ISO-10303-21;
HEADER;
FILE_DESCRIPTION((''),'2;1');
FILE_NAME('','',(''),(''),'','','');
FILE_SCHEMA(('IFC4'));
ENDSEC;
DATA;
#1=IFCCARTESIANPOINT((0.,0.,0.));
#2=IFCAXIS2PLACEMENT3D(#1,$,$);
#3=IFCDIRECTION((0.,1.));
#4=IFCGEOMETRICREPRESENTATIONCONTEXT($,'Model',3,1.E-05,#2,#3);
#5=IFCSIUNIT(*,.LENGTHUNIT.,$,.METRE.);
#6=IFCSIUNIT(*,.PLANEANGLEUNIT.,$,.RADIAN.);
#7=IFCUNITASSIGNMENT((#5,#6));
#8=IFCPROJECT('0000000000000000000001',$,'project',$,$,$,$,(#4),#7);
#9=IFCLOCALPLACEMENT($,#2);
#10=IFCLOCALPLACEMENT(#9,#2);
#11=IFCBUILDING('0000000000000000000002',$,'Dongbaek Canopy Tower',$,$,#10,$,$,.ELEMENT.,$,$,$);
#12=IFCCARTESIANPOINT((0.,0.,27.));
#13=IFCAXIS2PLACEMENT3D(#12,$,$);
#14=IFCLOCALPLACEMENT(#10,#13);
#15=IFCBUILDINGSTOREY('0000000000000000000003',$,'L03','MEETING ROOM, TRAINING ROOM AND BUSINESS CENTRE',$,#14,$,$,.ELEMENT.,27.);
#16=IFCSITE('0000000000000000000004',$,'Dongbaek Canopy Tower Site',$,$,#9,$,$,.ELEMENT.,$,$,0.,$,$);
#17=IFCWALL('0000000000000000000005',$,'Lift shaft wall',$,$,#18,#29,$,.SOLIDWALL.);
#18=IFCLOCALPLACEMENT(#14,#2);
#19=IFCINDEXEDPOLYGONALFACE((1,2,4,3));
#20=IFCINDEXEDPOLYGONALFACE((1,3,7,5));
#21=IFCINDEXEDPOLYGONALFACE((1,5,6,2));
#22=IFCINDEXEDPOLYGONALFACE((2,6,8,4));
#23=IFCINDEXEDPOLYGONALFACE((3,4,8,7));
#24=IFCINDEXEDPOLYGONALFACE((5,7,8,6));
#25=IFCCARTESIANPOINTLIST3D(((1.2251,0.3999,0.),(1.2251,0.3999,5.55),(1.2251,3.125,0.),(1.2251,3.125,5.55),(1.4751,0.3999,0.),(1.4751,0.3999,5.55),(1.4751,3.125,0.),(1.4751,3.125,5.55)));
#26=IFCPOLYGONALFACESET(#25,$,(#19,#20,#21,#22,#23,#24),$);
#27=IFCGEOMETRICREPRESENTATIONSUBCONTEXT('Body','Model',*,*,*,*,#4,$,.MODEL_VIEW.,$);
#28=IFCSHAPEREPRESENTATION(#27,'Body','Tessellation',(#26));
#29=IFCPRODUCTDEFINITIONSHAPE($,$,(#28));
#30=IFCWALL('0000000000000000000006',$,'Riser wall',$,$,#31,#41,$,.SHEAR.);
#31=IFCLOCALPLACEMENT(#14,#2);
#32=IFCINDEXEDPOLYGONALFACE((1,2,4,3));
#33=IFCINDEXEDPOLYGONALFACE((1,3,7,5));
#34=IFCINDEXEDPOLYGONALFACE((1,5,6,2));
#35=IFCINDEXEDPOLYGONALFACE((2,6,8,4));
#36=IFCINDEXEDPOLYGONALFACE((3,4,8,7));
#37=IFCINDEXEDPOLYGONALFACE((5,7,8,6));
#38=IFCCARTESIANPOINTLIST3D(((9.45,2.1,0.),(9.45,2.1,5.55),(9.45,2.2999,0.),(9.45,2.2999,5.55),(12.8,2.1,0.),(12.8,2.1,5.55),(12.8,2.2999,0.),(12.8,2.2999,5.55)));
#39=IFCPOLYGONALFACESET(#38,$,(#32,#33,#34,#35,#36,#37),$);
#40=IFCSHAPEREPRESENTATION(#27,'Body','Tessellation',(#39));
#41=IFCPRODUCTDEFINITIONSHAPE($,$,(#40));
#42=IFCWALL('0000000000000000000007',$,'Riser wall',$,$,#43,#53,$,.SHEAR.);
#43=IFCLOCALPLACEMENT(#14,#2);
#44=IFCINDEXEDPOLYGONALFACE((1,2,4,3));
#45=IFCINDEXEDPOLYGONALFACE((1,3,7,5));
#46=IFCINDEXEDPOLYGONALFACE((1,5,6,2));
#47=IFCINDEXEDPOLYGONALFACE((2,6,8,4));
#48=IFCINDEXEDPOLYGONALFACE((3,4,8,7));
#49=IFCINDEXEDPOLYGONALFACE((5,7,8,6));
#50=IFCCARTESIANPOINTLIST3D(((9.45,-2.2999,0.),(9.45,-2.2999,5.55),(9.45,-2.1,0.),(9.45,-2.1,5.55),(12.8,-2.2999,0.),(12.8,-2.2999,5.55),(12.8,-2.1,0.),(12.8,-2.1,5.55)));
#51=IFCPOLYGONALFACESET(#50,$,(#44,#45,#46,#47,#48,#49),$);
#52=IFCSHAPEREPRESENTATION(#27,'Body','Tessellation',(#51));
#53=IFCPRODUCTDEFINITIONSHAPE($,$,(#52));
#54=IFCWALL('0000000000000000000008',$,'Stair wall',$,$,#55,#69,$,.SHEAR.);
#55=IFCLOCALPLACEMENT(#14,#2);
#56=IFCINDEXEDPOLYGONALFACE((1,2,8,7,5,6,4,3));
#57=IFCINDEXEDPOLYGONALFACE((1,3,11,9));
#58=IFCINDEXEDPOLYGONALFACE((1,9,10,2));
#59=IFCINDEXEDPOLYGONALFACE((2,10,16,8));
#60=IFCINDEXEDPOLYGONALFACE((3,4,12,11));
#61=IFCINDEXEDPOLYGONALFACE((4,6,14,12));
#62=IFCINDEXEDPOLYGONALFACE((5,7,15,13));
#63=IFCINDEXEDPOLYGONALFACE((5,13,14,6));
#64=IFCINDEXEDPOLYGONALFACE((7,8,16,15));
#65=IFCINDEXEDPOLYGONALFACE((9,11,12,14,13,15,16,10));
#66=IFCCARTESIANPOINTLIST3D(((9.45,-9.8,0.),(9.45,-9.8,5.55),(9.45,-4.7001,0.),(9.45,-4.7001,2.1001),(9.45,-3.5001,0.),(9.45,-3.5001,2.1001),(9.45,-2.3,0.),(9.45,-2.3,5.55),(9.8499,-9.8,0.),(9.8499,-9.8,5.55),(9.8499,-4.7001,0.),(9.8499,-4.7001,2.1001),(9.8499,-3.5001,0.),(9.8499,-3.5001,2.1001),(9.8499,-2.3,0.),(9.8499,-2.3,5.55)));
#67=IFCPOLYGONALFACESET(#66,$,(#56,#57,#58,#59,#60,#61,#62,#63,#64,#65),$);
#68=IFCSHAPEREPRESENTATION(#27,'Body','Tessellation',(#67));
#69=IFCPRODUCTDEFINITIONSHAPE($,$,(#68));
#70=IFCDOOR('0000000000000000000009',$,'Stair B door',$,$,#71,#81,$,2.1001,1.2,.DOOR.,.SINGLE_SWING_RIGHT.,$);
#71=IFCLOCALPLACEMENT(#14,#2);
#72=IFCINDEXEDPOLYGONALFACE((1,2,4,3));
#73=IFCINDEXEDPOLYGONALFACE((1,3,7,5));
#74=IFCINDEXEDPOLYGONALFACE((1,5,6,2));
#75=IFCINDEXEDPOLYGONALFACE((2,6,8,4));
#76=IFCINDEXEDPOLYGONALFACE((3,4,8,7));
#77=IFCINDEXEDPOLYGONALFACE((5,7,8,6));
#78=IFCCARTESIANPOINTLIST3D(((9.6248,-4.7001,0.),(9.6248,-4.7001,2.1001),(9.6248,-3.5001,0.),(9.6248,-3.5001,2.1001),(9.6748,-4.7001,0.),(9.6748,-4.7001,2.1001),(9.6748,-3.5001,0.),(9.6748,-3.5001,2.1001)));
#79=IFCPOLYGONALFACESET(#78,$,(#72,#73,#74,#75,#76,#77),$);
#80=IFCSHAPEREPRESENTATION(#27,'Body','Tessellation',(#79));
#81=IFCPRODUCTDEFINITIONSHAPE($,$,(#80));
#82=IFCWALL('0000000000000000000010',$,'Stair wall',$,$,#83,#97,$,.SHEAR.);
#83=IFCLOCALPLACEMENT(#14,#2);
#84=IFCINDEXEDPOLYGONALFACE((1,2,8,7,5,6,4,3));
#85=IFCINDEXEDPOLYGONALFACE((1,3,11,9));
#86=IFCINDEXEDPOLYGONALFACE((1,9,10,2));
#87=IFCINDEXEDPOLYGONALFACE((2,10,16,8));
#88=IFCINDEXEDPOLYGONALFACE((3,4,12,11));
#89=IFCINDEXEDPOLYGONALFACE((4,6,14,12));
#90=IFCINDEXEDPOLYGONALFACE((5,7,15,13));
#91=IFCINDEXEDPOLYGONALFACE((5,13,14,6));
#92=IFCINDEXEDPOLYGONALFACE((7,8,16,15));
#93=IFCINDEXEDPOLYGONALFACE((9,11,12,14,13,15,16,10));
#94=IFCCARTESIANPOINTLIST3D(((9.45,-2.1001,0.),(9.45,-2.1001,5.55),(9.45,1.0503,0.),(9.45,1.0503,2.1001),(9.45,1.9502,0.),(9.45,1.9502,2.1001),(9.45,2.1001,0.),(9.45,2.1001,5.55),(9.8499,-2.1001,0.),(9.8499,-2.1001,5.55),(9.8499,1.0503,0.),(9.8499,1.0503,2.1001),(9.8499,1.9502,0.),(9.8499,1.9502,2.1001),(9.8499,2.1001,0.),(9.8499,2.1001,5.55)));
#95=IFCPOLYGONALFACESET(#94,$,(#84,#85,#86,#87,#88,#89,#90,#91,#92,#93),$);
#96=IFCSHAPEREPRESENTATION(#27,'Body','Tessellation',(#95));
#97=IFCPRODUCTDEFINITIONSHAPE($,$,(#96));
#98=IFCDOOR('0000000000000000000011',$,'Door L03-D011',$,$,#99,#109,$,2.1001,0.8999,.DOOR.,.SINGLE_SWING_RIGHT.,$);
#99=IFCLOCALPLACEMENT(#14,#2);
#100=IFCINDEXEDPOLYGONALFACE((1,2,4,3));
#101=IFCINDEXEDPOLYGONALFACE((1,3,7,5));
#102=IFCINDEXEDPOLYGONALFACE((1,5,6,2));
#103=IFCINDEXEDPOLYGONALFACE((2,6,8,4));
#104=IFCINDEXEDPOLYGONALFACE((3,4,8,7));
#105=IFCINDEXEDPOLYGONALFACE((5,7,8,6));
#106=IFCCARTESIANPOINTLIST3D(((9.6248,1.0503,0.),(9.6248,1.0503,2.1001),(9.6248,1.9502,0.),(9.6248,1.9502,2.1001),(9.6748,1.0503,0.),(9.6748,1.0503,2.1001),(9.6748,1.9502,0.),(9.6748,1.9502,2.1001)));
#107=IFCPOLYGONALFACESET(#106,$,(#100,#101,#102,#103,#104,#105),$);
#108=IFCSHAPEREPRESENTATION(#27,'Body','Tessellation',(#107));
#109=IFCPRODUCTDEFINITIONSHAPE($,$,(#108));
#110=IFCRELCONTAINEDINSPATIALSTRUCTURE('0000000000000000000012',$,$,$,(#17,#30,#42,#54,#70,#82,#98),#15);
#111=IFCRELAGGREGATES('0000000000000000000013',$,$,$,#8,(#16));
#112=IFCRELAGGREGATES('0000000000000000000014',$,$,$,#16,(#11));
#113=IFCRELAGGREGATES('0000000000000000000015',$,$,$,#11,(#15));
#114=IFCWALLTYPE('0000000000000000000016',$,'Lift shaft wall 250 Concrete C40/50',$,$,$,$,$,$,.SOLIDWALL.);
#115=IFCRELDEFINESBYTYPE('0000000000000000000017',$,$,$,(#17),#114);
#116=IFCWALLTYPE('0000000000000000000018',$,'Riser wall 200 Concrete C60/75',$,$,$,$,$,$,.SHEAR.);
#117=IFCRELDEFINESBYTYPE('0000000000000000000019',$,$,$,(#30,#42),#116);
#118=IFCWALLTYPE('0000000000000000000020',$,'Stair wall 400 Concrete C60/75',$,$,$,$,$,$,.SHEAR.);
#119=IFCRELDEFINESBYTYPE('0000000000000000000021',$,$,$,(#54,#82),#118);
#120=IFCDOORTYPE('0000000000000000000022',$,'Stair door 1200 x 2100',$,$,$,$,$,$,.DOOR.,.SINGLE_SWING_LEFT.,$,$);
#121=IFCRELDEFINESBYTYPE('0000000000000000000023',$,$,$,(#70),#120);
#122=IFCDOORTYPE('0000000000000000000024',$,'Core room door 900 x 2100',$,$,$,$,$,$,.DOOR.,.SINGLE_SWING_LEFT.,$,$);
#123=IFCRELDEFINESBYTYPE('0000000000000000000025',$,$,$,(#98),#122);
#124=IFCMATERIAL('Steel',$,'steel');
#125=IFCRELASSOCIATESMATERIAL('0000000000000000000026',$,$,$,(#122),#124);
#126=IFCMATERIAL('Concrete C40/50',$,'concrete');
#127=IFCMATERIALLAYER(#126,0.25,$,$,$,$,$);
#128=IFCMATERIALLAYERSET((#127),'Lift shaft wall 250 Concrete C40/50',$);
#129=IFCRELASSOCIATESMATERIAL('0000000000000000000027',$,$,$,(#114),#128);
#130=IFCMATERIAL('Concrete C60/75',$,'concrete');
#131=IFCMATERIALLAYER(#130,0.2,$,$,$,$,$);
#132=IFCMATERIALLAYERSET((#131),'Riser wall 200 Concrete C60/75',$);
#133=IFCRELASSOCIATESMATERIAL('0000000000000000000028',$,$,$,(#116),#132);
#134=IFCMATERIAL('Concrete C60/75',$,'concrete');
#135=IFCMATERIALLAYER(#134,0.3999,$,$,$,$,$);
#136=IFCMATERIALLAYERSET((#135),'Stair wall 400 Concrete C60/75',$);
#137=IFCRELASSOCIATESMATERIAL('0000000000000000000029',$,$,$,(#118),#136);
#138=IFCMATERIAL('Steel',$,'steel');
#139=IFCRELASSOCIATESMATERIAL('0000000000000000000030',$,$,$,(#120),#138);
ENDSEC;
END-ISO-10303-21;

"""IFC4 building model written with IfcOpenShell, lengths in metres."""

from ifc_helpers import new_model, si_unit, direction, frame, frame_2d, origin, place, context, subcontext, project, spatial, rectangle, extrude, material, layer, layer_set, type_object, element, fill, save


model = new_model("IFC4")

# Units and contexts
model_context = context("Model", 3, precision=1e-05, world=origin(), true_north=direction((0.0, 1.0)))
body_context = subcontext(model_context, "Body", "Model", "MODEL_VIEW")
ifc_project = project(units=[si_unit("LENGTHUNIT", "METRE"), si_unit("PLANEANGLEUNIT", "RADIAN")], contexts=[model_context])

# Site, building, storey
site_placement = place(None, origin())
site = spatial("IfcSite", under=ifc_project, at=site_placement, Name="Dongbaek Canopy Tower Site", CompositionType="ELEMENT", RefElevation=0.0)
building_placement = place(site_placement, origin())
building = spatial("IfcBuilding", under=site, at=building_placement, Name="Dongbaek Canopy Tower", CompositionType="ELEMENT")
storey_placement = place(building_placement, frame((0.0, 0.0, 27.0)))
storey = spatial("IfcBuildingStorey", under=building, at=storey_placement, Name="L03", Description="MEETING ROOM, TRAINING ROOM AND BUSINESS CENTRE", CompositionType="ELEMENT", Elevation=27.0)

# Shared definitions
ifc_material_1 = material(Name="Steel", Category="steel")
door_type_1 = type_object("IfcDoorType", Name="Core room door 900 x 2100", OperationType="SINGLE_SWING_LEFT", PredefinedType="DOOR", material=ifc_material_1)

# Walls
ifc_material_2 = material(Name="Concrete C40/50", Category="concrete")
ifc_layer_1 = layer(ifc_material_2, 0.25)
ifc_layer_set_1 = layer_set([ifc_layer_1], Name="Lift shaft wall 250 Concrete C40/50")
wall_type_1 = type_object("IfcWallType", Name="Lift shaft wall 250 Concrete C40/50", PredefinedType="SOLIDWALL", material=ifc_layer_set_1)
for number, where, z_axis, x_axis, name in (
    (1, (1.3501, 0.3999, 0.0), (0.0, 0.0, 1.0), (0.0, 1.0, 0.0), "Lift shaft wall"),
):
    element("IfcWall", number, at=place(storey_placement, frame(where, z_axis=z_axis, x_axis=x_axis)), inside=storey, type_object=wall_type_1, Name=name, PredefinedType="SOLIDWALL", context=body_context, shape_type="SweptSolid", body=[
        extrude(rectangle(XDim=2.7251, YDim=0.25, at=frame_2d((1.3625, 0.0))), origin(), (0.0, 0.0, 1.0), 5.55),
    ])
ifc_material_3 = material(Name="Concrete C60/75", Category="concrete")
ifc_layer_2 = layer(ifc_material_3, 0.2)
ifc_layer_set_2 = layer_set([ifc_layer_2], Name="Riser wall 200 Concrete C60/75")
wall_type_2 = type_object("IfcWallType", Name="Riser wall 200 Concrete C60/75", PredefinedType="SHEAR", material=ifc_layer_set_2)
for number, where, z_axis, x_axis, name in (
    (2, (9.45, 2.2, 0.0), (0.0, 0.0, 1.0), (1.0, 0.0, 0.0), "Riser wall"),
    (3, (9.45, -2.2, 0.0), (0.0, 0.0, 1.0), (1.0, 0.0, 0.0), "Riser wall"),
):
    element("IfcWall", number, at=place(storey_placement, frame(where, z_axis=z_axis, x_axis=x_axis)), inside=storey, type_object=wall_type_2, Name=name, PredefinedType="SHEAR", context=body_context, shape_type="SweptSolid", body=[
        extrude(rectangle(XDim=3.3501, YDim=0.2, at=frame_2d((1.675, 0.0))), origin(), (0.0, 0.0, 1.0), 5.55),
    ])

# Walls, openings, doors
ifc_material_4 = material(Name="Concrete C60/75", Category="concrete")
ifc_layer_3 = layer(ifc_material_4, 0.3999)
ifc_layer_set_3 = layer_set([ifc_layer_3], Name="Stair wall 400 Concrete C60/75")
wall_type_3 = type_object("IfcWallType", Name="Stair wall 400 Concrete C60/75", PredefinedType="SHEAR", material=ifc_layer_set_3)
wall_1_placement = place(storey_placement, frame((9.6499, -2.3, 0.0), z_axis=(0.0, 0.0, 1.0), x_axis=(0.0, -1.0, 0.0)))
wall_1 = element("IfcWall", 4, at=wall_1_placement, inside=storey, type_object=wall_type_3, Name="Stair wall", PredefinedType="SHEAR", context=body_context, shape_type="SweptSolid", body=[
    extrude(rectangle(XDim=7.5, YDim=0.3999, at=frame_2d((3.75, 0.0))), origin(), (0.0, 0.0, 1.0), 5.55),
])
opening_1_placement = place(wall_1_placement, frame((1.2, 0.0, 0.0)))
opening_1 = element("IfcOpeningElement", 5, at=opening_1_placement, cuts=wall_1, PredefinedType="OPENING", context=body_context, shape_type="SweptSolid", body=[
    extrude(rectangle(XDim=1.2, YDim=2.1001, at=frame_2d((0.6001, 1.05))), frame((0.0, 0.21, 0.0), z_axis=(0.0, -1.0, 0.0), x_axis=(1.0, 0.0, 0.0)), (0.0, 0.0, 1.0), 0.4199),
])
ifc_material_5 = material(Name="Steel", Category="steel")
door_type_2 = type_object("IfcDoorType", Name="Stair door 1200 x 2100", OperationType="SINGLE_SWING_LEFT", PredefinedType="DOOR", material=ifc_material_5)
door_1_placement = place(opening_1_placement, origin())
door_1 = element("IfcDoor", 6, at=door_1_placement, inside=storey, type_object=door_type_2, Name="Stair B door", OperationType="SINGLE_SWING_RIGHT", OverallHeight=2.1001, OverallWidth=1.2, PredefinedType="DOOR", context=body_context, shape_type="SweptSolid", body=[
    extrude(rectangle(XDim=1.2, YDim=2.1001, at=frame_2d((0.6001, 1.05))), frame((0.0, 0.0249, 0.0), z_axis=(0.0, -1.0, 0.0), x_axis=(1.0, 0.0, 0.0)), (0.0, 0.0, 1.0), 0.05),
])
fill(opening_1, door_1)
wall_2_placement = place(storey_placement, frame((9.6499, 2.1001, 0.0), z_axis=(0.0, 0.0, 1.0), x_axis=(0.0, -1.0, 0.0)))
wall_2 = element("IfcWall", 7, at=wall_2_placement, inside=storey, type_object=wall_type_3, Name="Stair wall", PredefinedType="SHEAR", context=body_context, shape_type="SweptSolid", body=[
    extrude(rectangle(XDim=4.2002, YDim=0.3999, at=frame_2d((2.1001, 0.0))), origin(), (0.0, 0.0, 1.0), 5.55),
])
opening_2_placement = place(wall_2_placement, frame((0.1499, 0.0, 0.0)))
opening_2 = element("IfcOpeningElement", 8, at=opening_2_placement, cuts=wall_2, PredefinedType="OPENING", context=body_context, shape_type="SweptSolid", body=[
    extrude(rectangle(XDim=0.8999, YDim=2.1001, at=frame_2d((0.45, 1.05))), frame((0.0, 0.21, 0.0), z_axis=(0.0, -1.0, 0.0), x_axis=(1.0, 0.0, 0.0)), (0.0, 0.0, 1.0), 0.4199),
])
door_2_placement = place(opening_2_placement, origin())
door_2 = element("IfcDoor", 9, at=door_2_placement, inside=storey, type_object=door_type_1, Name="Door L03-D011", OperationType="SINGLE_SWING_RIGHT", OverallHeight=2.1001, OverallWidth=0.8999, PredefinedType="DOOR", context=body_context, shape_type="SweptSolid", body=[
    extrude(rectangle(XDim=0.8999, YDim=2.1001, at=frame_2d((0.45, 1.05))), frame((0.0, 0.0249, 0.0), z_axis=(0.0, -1.0, 0.0), x_axis=(1.0, 0.0, 0.0)), (0.0, 0.0, 1.0), 0.05),
])
fill(opening_2, door_2)

save(model, "model.ifc")
